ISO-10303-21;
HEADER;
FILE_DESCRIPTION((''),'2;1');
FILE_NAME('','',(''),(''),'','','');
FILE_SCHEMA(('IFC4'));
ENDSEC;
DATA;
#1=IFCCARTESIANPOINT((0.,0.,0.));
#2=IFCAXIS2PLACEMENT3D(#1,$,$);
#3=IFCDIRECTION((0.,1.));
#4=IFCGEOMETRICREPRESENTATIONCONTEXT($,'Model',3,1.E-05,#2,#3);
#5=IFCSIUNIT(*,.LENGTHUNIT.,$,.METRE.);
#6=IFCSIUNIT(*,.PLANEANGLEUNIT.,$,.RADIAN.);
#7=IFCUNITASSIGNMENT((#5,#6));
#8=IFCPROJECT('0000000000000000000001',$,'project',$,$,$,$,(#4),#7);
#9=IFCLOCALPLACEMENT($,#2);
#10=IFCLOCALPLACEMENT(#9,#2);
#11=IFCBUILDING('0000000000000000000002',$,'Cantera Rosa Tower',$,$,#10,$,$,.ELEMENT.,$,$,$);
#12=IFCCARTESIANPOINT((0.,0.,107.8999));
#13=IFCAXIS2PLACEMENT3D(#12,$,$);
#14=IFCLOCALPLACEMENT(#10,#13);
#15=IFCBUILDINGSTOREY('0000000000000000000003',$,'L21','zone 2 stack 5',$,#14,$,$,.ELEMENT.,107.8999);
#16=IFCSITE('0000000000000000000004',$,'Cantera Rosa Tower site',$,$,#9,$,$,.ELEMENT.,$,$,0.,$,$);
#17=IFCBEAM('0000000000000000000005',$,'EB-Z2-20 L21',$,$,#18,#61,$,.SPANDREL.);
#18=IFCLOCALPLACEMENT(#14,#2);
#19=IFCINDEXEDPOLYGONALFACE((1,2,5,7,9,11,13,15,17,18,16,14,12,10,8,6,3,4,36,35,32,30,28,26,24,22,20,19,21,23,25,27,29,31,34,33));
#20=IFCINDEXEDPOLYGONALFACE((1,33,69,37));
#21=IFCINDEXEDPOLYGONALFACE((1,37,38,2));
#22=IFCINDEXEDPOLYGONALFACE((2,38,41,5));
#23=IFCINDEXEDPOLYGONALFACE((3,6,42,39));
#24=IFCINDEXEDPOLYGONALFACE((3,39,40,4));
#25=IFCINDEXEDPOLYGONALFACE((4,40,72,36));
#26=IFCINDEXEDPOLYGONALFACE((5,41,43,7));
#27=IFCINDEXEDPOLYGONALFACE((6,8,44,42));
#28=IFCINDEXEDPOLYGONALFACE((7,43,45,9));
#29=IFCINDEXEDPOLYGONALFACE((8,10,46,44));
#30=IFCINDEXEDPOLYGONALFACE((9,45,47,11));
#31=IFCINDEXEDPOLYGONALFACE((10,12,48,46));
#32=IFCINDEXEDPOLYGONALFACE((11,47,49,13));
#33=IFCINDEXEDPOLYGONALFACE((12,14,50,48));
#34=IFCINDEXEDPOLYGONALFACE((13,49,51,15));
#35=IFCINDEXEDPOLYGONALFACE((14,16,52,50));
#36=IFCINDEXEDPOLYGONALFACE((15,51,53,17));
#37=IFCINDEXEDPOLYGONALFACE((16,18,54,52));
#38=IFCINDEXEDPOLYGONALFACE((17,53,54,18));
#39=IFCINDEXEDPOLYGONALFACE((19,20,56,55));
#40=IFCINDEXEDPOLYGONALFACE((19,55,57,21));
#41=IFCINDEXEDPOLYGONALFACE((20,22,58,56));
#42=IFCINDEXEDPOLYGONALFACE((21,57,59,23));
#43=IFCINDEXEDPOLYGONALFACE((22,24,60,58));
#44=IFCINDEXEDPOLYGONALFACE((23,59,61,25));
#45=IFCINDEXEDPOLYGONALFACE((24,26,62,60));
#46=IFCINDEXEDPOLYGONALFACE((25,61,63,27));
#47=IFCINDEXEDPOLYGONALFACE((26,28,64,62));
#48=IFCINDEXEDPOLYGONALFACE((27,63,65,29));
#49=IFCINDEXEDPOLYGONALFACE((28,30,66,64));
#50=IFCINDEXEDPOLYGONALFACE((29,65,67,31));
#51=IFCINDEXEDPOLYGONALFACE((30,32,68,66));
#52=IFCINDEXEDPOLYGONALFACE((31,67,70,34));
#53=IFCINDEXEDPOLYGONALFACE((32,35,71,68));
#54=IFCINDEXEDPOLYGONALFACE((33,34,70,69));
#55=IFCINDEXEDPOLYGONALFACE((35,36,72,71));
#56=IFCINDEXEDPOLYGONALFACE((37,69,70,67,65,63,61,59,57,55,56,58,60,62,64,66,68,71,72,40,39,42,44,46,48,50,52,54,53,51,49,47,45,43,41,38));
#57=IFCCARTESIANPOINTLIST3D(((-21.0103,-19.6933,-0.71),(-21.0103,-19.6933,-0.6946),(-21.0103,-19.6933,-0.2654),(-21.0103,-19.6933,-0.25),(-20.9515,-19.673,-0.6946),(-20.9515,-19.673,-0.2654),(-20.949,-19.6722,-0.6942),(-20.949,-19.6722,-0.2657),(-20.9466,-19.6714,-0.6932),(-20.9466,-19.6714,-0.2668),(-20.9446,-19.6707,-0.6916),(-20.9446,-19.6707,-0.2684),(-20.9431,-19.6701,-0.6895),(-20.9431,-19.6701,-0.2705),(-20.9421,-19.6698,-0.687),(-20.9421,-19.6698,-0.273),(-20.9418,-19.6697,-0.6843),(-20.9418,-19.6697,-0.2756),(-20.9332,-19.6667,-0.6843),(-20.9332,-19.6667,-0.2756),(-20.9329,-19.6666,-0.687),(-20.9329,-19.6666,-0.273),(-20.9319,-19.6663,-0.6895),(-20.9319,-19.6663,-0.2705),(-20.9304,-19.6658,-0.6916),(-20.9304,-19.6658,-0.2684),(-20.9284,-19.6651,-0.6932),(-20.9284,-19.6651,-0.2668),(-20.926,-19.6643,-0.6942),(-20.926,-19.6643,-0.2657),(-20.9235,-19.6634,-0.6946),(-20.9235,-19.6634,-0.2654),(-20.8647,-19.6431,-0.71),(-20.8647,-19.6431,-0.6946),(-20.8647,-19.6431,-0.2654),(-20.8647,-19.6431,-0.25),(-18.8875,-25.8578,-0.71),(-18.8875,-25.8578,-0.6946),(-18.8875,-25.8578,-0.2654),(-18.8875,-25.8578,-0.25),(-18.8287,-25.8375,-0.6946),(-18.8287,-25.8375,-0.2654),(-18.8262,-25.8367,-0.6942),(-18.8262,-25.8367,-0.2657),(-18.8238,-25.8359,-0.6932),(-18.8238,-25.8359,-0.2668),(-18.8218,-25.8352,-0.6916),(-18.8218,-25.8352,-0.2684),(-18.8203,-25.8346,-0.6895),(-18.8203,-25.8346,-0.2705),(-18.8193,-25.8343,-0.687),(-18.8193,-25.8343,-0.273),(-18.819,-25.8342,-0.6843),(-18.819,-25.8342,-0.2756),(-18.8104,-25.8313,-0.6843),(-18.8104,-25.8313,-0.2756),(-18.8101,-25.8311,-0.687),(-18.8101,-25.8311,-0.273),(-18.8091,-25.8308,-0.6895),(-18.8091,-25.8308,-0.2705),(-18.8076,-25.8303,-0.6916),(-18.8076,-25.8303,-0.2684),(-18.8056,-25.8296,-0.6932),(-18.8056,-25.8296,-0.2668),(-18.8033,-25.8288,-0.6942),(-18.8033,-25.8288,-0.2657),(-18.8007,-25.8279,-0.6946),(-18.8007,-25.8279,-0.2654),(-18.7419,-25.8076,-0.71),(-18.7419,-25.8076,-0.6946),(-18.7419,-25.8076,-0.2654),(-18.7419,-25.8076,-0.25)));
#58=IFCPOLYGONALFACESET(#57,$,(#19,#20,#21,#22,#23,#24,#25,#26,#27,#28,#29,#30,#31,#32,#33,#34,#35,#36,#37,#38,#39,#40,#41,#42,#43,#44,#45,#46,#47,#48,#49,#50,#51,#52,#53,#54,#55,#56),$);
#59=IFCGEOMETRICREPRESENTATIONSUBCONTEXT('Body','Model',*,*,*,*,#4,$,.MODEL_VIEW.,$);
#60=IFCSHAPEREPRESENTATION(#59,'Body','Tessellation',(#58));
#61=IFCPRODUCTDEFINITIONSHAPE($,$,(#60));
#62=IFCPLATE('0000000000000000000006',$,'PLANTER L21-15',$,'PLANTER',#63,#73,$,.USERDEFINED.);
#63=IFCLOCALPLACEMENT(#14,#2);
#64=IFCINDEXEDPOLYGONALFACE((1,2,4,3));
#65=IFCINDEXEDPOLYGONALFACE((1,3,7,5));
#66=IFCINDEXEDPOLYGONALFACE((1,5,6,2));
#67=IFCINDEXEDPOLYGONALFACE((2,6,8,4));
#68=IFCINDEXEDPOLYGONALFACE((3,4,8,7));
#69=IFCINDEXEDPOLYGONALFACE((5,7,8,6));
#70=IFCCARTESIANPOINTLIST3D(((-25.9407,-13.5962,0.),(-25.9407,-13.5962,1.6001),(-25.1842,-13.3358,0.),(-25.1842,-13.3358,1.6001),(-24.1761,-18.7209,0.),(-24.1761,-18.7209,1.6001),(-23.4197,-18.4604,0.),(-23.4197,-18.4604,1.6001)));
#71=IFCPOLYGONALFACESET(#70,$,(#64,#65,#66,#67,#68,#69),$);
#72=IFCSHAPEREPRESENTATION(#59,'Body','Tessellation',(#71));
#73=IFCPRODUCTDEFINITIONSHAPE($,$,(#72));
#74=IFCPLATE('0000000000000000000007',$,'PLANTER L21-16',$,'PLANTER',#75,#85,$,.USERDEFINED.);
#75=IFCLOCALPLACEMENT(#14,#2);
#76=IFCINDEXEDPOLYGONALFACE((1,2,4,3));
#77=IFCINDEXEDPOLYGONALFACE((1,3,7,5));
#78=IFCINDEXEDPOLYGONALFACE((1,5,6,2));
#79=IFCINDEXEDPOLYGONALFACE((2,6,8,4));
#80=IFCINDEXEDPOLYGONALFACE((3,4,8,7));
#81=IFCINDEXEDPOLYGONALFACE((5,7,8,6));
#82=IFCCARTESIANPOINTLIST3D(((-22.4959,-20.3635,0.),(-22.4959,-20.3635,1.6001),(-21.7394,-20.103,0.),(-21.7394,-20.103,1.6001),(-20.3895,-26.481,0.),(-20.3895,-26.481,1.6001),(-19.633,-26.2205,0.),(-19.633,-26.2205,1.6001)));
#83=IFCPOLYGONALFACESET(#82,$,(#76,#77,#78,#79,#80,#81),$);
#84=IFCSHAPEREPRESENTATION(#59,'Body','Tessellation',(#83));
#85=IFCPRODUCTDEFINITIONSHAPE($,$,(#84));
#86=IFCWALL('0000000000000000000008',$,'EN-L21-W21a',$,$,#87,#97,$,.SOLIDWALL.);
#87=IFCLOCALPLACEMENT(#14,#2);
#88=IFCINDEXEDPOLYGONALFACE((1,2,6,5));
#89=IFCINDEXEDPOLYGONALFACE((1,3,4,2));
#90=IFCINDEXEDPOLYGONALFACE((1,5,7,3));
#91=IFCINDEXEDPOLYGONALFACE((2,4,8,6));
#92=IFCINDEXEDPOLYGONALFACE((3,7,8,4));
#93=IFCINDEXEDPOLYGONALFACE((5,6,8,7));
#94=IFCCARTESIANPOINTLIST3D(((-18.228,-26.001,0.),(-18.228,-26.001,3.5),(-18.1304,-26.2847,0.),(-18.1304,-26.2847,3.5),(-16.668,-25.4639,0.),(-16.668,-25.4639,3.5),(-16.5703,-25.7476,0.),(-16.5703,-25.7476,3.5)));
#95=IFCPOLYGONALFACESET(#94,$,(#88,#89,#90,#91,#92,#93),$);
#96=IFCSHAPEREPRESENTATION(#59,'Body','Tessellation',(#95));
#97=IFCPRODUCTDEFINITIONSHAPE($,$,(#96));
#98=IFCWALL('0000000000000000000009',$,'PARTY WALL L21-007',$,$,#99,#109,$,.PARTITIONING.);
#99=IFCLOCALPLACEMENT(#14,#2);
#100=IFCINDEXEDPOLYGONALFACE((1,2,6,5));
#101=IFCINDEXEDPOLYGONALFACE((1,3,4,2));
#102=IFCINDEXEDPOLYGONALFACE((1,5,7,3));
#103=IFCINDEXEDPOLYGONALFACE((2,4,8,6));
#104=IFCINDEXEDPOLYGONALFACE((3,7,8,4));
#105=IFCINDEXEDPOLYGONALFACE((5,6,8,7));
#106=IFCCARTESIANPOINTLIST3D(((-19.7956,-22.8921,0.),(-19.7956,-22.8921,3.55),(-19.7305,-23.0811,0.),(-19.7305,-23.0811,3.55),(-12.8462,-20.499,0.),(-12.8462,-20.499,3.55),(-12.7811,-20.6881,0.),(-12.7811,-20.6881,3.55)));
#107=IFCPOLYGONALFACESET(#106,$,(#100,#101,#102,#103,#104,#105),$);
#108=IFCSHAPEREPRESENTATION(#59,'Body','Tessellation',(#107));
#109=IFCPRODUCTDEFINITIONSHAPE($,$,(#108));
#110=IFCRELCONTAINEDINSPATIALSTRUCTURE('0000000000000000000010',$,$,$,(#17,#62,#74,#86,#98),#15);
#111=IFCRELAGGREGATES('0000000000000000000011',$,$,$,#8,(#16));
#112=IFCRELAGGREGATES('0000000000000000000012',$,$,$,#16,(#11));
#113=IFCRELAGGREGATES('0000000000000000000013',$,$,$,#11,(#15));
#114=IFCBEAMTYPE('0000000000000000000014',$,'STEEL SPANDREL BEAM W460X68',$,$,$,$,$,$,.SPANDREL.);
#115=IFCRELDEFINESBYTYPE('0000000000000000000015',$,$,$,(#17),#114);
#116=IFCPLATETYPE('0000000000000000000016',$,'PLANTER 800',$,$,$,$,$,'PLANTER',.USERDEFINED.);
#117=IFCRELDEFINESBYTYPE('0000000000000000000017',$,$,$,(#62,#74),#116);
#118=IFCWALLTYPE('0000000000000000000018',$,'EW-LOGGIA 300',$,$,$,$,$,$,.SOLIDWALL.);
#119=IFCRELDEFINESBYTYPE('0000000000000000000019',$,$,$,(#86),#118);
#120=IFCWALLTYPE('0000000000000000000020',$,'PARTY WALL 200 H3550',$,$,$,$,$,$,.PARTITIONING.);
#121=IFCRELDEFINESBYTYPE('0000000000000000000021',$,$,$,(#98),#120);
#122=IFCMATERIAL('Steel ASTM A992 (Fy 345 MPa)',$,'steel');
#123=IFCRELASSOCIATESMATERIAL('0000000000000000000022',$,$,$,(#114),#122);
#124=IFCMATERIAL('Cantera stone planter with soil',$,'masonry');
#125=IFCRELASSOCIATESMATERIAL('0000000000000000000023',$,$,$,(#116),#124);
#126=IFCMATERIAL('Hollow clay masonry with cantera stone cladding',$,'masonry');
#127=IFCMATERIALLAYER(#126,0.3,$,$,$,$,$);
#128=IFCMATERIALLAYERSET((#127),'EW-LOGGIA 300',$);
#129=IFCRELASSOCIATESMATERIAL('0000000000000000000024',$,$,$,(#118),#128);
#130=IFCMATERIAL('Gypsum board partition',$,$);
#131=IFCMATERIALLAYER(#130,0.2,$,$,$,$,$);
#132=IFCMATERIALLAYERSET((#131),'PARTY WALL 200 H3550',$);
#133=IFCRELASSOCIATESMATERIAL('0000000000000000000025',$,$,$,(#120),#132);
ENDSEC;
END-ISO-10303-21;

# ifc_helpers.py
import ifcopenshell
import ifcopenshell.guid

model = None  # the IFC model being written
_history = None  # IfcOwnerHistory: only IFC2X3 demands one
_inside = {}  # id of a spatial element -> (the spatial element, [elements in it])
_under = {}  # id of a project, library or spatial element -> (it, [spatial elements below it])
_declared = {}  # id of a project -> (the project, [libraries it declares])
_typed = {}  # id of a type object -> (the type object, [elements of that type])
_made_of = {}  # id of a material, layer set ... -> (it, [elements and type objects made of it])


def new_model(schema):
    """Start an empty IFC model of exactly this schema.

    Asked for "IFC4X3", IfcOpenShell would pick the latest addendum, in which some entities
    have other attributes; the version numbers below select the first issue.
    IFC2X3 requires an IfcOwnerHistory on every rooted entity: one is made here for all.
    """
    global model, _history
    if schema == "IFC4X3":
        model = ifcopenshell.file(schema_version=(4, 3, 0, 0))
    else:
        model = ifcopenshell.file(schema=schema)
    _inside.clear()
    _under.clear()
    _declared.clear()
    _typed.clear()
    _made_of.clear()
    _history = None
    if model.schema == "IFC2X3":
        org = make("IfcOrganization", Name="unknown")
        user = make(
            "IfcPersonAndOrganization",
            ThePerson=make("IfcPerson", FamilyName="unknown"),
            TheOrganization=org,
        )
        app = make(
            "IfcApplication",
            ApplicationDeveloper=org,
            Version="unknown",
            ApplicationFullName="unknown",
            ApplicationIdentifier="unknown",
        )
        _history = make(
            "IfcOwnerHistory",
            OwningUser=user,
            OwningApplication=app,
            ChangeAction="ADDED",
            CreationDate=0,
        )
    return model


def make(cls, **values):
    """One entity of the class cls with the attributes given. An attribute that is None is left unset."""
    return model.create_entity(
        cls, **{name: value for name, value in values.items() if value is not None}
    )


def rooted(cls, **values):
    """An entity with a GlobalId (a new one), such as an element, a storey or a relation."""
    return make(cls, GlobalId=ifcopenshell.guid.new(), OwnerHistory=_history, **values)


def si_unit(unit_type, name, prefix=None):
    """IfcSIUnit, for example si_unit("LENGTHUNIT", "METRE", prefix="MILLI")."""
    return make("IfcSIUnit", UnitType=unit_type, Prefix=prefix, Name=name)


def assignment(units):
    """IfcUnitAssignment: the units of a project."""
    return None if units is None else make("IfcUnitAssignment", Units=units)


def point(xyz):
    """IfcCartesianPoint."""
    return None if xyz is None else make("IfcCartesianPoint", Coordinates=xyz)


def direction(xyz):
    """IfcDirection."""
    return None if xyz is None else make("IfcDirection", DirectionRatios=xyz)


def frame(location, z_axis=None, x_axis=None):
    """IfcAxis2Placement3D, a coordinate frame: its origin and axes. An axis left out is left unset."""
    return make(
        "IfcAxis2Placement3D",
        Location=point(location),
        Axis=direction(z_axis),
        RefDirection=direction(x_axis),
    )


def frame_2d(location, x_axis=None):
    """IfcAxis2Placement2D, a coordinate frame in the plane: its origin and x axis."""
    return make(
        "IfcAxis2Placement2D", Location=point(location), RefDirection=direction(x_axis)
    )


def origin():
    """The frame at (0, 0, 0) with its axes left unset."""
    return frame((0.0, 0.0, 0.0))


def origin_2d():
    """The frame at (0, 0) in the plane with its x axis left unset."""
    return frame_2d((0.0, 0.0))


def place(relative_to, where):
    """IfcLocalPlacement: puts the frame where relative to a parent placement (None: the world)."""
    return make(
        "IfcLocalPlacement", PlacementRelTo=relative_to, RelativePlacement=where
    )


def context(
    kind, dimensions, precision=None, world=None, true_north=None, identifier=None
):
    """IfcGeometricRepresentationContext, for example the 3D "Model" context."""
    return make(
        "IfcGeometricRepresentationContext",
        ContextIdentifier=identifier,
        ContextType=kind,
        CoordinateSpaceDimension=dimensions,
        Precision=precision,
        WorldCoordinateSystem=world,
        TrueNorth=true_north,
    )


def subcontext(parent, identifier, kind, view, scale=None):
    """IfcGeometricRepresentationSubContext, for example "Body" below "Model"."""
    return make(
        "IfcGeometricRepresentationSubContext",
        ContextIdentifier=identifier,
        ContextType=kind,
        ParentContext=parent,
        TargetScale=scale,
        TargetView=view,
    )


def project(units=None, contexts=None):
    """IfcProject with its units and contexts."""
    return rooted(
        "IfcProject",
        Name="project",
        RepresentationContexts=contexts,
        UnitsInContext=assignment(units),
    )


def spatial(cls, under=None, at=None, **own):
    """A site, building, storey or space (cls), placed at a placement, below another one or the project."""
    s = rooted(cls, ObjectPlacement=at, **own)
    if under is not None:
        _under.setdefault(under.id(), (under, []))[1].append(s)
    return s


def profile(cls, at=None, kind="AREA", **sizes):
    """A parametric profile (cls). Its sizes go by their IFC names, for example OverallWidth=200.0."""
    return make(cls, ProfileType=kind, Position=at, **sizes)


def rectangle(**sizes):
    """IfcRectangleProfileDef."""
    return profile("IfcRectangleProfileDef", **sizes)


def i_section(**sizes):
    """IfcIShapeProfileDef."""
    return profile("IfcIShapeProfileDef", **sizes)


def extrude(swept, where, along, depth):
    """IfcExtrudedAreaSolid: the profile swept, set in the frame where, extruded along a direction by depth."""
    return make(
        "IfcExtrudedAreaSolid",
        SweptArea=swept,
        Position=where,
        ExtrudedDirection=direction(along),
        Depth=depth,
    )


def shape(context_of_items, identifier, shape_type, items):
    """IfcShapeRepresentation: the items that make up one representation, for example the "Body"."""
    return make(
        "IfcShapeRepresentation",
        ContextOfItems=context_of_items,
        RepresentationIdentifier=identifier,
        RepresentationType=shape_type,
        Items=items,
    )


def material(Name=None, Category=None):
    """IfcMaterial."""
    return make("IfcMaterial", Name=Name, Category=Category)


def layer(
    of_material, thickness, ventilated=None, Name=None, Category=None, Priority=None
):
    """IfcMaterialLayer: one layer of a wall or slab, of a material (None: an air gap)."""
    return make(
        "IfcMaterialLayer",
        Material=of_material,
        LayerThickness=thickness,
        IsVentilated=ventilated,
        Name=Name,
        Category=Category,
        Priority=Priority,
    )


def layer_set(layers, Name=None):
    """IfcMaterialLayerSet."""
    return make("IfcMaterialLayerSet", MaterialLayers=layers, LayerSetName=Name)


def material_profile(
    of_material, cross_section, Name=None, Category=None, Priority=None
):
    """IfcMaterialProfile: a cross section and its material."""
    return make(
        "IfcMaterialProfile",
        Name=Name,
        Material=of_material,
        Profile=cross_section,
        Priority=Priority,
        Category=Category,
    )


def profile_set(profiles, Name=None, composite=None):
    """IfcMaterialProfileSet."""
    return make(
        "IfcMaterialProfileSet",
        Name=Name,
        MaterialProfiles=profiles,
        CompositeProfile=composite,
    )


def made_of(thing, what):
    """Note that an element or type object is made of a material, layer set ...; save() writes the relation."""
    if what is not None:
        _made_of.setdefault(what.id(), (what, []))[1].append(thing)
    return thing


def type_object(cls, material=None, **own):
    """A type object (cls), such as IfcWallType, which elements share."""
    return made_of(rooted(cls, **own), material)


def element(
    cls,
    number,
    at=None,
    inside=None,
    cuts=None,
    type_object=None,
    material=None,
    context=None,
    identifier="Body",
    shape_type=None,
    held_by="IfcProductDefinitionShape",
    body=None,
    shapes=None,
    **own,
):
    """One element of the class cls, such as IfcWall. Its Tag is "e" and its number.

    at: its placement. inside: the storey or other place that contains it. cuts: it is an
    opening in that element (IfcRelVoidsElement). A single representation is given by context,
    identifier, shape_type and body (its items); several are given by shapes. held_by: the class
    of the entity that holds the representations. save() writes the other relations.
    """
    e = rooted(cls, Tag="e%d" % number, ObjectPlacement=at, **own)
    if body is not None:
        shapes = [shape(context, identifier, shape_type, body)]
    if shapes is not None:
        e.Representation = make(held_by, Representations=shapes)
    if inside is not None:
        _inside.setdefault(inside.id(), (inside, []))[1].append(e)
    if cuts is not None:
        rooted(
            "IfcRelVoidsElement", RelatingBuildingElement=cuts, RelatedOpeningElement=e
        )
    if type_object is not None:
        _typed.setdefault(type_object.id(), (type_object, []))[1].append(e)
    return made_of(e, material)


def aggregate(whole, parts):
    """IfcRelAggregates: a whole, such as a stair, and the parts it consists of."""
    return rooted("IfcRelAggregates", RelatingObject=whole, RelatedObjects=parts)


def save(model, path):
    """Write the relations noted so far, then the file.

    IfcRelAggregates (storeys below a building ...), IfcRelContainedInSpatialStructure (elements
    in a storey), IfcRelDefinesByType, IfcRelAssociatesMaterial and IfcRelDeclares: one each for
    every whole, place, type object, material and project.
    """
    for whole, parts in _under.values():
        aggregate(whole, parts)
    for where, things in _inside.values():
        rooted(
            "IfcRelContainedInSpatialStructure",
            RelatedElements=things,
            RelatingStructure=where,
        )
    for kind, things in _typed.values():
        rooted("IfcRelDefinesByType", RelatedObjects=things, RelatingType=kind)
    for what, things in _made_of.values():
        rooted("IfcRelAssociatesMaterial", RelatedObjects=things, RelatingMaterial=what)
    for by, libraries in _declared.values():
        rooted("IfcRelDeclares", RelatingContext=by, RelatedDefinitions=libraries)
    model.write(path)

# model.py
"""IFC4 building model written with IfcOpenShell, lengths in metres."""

from ifc_helpers import new_model, si_unit, direction, frame, frame_2d, origin, origin_2d, place, context, subcontext, project, spatial, rectangle, i_section, extrude, material, layer, layer_set, material_profile, profile_set, type_object, element, save


model = new_model("IFC4")

# Units and contexts
model_context = context("Model", 3, precision=1e-05, world=origin(), true_north=direction((0.0, 1.0)))
body_context = subcontext(model_context, "Body", "Model", "MODEL_VIEW")
ifc_project = project(units=[si_unit("LENGTHUNIT", "METRE"), si_unit("PLANEANGLEUNIT", "RADIAN")], contexts=[model_context])

# Site, building, storey
site_placement = place(None, origin())
site = spatial("IfcSite", under=ifc_project, at=site_placement, Name="Cantera Rosa Tower site", CompositionType="ELEMENT", RefElevation=0.0)
building_placement = place(site_placement, origin())
building = spatial("IfcBuilding", under=site, at=building_placement, Name="Cantera Rosa Tower", CompositionType="ELEMENT")
storey_placement = place(building_placement, frame((0.0, 0.0, 107.8999)))
storey = spatial("IfcBuildingStorey", under=building, at=storey_placement, Name="L21", Description="zone 2 stack 5", CompositionType="ELEMENT", Elevation=107.8999)

# Beam
ifc_material_1 = material(Name="Steel ASTM A992 (Fy 345 MPa)", Category="steel")
ifc_material_profile_1 = material_profile(ifc_material_1, i_section(OverallWidth=0.1541, OverallDepth=0.46, WebThickness=0.009, FlangeThickness=0.0154, FilletRadius=0.0103, at=origin_2d()), Name="W460X68")
ifc_profile_set_1 = profile_set([ifc_material_profile_1], Name="Steel ASTM A992 (Fy 345 MPa)")
beam_type_1 = type_object("IfcBeamType", Name="STEEL SPANDREL BEAM W460X68", PredefinedType="SPANDREL", material=ifc_profile_set_1)
beam_1_placement = place(storey_placement, frame((-20.9375, -19.6682, -0.48), z_axis=(0.325593, -0.94551, 0.0), x_axis=(0.94551, 0.325593, 0.0)))
element("IfcBeam", 1, at=beam_1_placement, inside=storey, type_object=beam_type_1, Name="EB-Z2-20 L21", PredefinedType="SPANDREL", context=body_context, shape_type="SweptSolid", body=[
    extrude(i_section(OverallWidth=0.1541, OverallDepth=0.46, WebThickness=0.009, FlangeThickness=0.0154, FilletRadius=0.0103, at=origin_2d()), origin(), (0.0, 0.0, 1.0), 6.5198),
])

# Plates
ifc_material_2 = material(Name="Cantera stone planter with soil", Category="masonry")
plate_type = type_object("IfcPlateType", Name="PLANTER 800", ElementType="PLANTER", PredefinedType="USERDEFINED", material=ifc_material_2)
plate_1_placement = place(storey_placement, frame((-24.6802, -16.0283, 0.0), z_axis=(0.0, 0.0, 1.0), x_axis=(0.325568, -0.945519, 0.0)))
element("IfcPlate", 2, at=plate_1_placement, inside=storey, type_object=plate_type, Name="PLANTER L21-15", ObjectType="PLANTER", PredefinedType="USERDEFINED", context=body_context, shape_type="SweptSolid", body=[
    extrude(rectangle(XDim=5.4199, YDim=0.8, at=origin_2d()), origin(), (0.0, 0.0, 1.0), 1.6001),
])
plate_2_placement = place(storey_placement, frame((-21.0645, -23.292, 0.0), z_axis=(0.0, 0.0, 1.0), x_axis=(0.325568, -0.945519, 0.0)))
element("IfcPlate", 3, at=plate_2_placement, inside=storey, type_object=plate_type, Name="PLANTER L21-16", ObjectType="PLANTER", PredefinedType="USERDEFINED", context=body_context, shape_type="SweptSolid", body=[
    extrude(rectangle(XDim=6.47, YDim=0.8, at=origin_2d()), origin(), (0.0, 0.0, 1.0), 1.6001),
])

# Wall
ifc_material_3 = material(Name="Hollow clay masonry with cantera stone cladding", Category="masonry")
ifc_layer_1 = layer(ifc_material_3, 0.3)
ifc_layer_set_1 = layer_set([ifc_layer_1], Name="EW-LOGGIA 300")
wall_type_1 = type_object("IfcWallType", Name="EW-LOGGIA 300", PredefinedType="SOLIDWALL", material=ifc_layer_set_1)
wall_1_placement = place(storey_placement, frame((-18.1792, -26.1428, 0.0), z_axis=(0.0, 0.0, 1.0), x_axis=(0.94553, 0.325535, 0.0)))
element("IfcWall", 4, at=wall_1_placement, inside=storey, type_object=wall_type_1, Name="EN-L21-W21a", PredefinedType="SOLIDWALL", context=body_context, shape_type="SweptSolid", body=[
    extrude(rectangle(XDim=1.6499, YDim=0.3, at=frame_2d((0.825, 0.0))), origin(), (0.0, 0.0, 1.0), 3.5),
])

# Wall
ifc_material_4 = material(Name="Gypsum board partition")
ifc_layer_2 = layer(ifc_material_4, 0.2)
ifc_layer_set_2 = layer_set([ifc_layer_2], Name="PARTY WALL 200 H3550")
wall_type_2 = type_object("IfcWallType", Name="PARTY WALL 200 H3550", PredefinedType="PARTITIONING", material=ifc_layer_set_2)
wall_2_placement = place(storey_placement, frame((-19.7629, -22.9866, 0.0), z_axis=(0.0, 0.0, 1.0), x_axis=(0.945511, 0.325589, 0.0)))
element("IfcWall", 5, at=wall_2_placement, inside=storey, type_object=wall_type_2, Name="PARTY WALL L21-007", PredefinedType="PARTITIONING", context=body_context, shape_type="SweptSolid", body=[
    extrude(rectangle(XDim=7.3499, YDim=0.2, at=frame_2d((3.6748, 0.0))), origin(), (0.0, 0.0, 1.0), 3.55),
])

save(model, "model.ifc")
